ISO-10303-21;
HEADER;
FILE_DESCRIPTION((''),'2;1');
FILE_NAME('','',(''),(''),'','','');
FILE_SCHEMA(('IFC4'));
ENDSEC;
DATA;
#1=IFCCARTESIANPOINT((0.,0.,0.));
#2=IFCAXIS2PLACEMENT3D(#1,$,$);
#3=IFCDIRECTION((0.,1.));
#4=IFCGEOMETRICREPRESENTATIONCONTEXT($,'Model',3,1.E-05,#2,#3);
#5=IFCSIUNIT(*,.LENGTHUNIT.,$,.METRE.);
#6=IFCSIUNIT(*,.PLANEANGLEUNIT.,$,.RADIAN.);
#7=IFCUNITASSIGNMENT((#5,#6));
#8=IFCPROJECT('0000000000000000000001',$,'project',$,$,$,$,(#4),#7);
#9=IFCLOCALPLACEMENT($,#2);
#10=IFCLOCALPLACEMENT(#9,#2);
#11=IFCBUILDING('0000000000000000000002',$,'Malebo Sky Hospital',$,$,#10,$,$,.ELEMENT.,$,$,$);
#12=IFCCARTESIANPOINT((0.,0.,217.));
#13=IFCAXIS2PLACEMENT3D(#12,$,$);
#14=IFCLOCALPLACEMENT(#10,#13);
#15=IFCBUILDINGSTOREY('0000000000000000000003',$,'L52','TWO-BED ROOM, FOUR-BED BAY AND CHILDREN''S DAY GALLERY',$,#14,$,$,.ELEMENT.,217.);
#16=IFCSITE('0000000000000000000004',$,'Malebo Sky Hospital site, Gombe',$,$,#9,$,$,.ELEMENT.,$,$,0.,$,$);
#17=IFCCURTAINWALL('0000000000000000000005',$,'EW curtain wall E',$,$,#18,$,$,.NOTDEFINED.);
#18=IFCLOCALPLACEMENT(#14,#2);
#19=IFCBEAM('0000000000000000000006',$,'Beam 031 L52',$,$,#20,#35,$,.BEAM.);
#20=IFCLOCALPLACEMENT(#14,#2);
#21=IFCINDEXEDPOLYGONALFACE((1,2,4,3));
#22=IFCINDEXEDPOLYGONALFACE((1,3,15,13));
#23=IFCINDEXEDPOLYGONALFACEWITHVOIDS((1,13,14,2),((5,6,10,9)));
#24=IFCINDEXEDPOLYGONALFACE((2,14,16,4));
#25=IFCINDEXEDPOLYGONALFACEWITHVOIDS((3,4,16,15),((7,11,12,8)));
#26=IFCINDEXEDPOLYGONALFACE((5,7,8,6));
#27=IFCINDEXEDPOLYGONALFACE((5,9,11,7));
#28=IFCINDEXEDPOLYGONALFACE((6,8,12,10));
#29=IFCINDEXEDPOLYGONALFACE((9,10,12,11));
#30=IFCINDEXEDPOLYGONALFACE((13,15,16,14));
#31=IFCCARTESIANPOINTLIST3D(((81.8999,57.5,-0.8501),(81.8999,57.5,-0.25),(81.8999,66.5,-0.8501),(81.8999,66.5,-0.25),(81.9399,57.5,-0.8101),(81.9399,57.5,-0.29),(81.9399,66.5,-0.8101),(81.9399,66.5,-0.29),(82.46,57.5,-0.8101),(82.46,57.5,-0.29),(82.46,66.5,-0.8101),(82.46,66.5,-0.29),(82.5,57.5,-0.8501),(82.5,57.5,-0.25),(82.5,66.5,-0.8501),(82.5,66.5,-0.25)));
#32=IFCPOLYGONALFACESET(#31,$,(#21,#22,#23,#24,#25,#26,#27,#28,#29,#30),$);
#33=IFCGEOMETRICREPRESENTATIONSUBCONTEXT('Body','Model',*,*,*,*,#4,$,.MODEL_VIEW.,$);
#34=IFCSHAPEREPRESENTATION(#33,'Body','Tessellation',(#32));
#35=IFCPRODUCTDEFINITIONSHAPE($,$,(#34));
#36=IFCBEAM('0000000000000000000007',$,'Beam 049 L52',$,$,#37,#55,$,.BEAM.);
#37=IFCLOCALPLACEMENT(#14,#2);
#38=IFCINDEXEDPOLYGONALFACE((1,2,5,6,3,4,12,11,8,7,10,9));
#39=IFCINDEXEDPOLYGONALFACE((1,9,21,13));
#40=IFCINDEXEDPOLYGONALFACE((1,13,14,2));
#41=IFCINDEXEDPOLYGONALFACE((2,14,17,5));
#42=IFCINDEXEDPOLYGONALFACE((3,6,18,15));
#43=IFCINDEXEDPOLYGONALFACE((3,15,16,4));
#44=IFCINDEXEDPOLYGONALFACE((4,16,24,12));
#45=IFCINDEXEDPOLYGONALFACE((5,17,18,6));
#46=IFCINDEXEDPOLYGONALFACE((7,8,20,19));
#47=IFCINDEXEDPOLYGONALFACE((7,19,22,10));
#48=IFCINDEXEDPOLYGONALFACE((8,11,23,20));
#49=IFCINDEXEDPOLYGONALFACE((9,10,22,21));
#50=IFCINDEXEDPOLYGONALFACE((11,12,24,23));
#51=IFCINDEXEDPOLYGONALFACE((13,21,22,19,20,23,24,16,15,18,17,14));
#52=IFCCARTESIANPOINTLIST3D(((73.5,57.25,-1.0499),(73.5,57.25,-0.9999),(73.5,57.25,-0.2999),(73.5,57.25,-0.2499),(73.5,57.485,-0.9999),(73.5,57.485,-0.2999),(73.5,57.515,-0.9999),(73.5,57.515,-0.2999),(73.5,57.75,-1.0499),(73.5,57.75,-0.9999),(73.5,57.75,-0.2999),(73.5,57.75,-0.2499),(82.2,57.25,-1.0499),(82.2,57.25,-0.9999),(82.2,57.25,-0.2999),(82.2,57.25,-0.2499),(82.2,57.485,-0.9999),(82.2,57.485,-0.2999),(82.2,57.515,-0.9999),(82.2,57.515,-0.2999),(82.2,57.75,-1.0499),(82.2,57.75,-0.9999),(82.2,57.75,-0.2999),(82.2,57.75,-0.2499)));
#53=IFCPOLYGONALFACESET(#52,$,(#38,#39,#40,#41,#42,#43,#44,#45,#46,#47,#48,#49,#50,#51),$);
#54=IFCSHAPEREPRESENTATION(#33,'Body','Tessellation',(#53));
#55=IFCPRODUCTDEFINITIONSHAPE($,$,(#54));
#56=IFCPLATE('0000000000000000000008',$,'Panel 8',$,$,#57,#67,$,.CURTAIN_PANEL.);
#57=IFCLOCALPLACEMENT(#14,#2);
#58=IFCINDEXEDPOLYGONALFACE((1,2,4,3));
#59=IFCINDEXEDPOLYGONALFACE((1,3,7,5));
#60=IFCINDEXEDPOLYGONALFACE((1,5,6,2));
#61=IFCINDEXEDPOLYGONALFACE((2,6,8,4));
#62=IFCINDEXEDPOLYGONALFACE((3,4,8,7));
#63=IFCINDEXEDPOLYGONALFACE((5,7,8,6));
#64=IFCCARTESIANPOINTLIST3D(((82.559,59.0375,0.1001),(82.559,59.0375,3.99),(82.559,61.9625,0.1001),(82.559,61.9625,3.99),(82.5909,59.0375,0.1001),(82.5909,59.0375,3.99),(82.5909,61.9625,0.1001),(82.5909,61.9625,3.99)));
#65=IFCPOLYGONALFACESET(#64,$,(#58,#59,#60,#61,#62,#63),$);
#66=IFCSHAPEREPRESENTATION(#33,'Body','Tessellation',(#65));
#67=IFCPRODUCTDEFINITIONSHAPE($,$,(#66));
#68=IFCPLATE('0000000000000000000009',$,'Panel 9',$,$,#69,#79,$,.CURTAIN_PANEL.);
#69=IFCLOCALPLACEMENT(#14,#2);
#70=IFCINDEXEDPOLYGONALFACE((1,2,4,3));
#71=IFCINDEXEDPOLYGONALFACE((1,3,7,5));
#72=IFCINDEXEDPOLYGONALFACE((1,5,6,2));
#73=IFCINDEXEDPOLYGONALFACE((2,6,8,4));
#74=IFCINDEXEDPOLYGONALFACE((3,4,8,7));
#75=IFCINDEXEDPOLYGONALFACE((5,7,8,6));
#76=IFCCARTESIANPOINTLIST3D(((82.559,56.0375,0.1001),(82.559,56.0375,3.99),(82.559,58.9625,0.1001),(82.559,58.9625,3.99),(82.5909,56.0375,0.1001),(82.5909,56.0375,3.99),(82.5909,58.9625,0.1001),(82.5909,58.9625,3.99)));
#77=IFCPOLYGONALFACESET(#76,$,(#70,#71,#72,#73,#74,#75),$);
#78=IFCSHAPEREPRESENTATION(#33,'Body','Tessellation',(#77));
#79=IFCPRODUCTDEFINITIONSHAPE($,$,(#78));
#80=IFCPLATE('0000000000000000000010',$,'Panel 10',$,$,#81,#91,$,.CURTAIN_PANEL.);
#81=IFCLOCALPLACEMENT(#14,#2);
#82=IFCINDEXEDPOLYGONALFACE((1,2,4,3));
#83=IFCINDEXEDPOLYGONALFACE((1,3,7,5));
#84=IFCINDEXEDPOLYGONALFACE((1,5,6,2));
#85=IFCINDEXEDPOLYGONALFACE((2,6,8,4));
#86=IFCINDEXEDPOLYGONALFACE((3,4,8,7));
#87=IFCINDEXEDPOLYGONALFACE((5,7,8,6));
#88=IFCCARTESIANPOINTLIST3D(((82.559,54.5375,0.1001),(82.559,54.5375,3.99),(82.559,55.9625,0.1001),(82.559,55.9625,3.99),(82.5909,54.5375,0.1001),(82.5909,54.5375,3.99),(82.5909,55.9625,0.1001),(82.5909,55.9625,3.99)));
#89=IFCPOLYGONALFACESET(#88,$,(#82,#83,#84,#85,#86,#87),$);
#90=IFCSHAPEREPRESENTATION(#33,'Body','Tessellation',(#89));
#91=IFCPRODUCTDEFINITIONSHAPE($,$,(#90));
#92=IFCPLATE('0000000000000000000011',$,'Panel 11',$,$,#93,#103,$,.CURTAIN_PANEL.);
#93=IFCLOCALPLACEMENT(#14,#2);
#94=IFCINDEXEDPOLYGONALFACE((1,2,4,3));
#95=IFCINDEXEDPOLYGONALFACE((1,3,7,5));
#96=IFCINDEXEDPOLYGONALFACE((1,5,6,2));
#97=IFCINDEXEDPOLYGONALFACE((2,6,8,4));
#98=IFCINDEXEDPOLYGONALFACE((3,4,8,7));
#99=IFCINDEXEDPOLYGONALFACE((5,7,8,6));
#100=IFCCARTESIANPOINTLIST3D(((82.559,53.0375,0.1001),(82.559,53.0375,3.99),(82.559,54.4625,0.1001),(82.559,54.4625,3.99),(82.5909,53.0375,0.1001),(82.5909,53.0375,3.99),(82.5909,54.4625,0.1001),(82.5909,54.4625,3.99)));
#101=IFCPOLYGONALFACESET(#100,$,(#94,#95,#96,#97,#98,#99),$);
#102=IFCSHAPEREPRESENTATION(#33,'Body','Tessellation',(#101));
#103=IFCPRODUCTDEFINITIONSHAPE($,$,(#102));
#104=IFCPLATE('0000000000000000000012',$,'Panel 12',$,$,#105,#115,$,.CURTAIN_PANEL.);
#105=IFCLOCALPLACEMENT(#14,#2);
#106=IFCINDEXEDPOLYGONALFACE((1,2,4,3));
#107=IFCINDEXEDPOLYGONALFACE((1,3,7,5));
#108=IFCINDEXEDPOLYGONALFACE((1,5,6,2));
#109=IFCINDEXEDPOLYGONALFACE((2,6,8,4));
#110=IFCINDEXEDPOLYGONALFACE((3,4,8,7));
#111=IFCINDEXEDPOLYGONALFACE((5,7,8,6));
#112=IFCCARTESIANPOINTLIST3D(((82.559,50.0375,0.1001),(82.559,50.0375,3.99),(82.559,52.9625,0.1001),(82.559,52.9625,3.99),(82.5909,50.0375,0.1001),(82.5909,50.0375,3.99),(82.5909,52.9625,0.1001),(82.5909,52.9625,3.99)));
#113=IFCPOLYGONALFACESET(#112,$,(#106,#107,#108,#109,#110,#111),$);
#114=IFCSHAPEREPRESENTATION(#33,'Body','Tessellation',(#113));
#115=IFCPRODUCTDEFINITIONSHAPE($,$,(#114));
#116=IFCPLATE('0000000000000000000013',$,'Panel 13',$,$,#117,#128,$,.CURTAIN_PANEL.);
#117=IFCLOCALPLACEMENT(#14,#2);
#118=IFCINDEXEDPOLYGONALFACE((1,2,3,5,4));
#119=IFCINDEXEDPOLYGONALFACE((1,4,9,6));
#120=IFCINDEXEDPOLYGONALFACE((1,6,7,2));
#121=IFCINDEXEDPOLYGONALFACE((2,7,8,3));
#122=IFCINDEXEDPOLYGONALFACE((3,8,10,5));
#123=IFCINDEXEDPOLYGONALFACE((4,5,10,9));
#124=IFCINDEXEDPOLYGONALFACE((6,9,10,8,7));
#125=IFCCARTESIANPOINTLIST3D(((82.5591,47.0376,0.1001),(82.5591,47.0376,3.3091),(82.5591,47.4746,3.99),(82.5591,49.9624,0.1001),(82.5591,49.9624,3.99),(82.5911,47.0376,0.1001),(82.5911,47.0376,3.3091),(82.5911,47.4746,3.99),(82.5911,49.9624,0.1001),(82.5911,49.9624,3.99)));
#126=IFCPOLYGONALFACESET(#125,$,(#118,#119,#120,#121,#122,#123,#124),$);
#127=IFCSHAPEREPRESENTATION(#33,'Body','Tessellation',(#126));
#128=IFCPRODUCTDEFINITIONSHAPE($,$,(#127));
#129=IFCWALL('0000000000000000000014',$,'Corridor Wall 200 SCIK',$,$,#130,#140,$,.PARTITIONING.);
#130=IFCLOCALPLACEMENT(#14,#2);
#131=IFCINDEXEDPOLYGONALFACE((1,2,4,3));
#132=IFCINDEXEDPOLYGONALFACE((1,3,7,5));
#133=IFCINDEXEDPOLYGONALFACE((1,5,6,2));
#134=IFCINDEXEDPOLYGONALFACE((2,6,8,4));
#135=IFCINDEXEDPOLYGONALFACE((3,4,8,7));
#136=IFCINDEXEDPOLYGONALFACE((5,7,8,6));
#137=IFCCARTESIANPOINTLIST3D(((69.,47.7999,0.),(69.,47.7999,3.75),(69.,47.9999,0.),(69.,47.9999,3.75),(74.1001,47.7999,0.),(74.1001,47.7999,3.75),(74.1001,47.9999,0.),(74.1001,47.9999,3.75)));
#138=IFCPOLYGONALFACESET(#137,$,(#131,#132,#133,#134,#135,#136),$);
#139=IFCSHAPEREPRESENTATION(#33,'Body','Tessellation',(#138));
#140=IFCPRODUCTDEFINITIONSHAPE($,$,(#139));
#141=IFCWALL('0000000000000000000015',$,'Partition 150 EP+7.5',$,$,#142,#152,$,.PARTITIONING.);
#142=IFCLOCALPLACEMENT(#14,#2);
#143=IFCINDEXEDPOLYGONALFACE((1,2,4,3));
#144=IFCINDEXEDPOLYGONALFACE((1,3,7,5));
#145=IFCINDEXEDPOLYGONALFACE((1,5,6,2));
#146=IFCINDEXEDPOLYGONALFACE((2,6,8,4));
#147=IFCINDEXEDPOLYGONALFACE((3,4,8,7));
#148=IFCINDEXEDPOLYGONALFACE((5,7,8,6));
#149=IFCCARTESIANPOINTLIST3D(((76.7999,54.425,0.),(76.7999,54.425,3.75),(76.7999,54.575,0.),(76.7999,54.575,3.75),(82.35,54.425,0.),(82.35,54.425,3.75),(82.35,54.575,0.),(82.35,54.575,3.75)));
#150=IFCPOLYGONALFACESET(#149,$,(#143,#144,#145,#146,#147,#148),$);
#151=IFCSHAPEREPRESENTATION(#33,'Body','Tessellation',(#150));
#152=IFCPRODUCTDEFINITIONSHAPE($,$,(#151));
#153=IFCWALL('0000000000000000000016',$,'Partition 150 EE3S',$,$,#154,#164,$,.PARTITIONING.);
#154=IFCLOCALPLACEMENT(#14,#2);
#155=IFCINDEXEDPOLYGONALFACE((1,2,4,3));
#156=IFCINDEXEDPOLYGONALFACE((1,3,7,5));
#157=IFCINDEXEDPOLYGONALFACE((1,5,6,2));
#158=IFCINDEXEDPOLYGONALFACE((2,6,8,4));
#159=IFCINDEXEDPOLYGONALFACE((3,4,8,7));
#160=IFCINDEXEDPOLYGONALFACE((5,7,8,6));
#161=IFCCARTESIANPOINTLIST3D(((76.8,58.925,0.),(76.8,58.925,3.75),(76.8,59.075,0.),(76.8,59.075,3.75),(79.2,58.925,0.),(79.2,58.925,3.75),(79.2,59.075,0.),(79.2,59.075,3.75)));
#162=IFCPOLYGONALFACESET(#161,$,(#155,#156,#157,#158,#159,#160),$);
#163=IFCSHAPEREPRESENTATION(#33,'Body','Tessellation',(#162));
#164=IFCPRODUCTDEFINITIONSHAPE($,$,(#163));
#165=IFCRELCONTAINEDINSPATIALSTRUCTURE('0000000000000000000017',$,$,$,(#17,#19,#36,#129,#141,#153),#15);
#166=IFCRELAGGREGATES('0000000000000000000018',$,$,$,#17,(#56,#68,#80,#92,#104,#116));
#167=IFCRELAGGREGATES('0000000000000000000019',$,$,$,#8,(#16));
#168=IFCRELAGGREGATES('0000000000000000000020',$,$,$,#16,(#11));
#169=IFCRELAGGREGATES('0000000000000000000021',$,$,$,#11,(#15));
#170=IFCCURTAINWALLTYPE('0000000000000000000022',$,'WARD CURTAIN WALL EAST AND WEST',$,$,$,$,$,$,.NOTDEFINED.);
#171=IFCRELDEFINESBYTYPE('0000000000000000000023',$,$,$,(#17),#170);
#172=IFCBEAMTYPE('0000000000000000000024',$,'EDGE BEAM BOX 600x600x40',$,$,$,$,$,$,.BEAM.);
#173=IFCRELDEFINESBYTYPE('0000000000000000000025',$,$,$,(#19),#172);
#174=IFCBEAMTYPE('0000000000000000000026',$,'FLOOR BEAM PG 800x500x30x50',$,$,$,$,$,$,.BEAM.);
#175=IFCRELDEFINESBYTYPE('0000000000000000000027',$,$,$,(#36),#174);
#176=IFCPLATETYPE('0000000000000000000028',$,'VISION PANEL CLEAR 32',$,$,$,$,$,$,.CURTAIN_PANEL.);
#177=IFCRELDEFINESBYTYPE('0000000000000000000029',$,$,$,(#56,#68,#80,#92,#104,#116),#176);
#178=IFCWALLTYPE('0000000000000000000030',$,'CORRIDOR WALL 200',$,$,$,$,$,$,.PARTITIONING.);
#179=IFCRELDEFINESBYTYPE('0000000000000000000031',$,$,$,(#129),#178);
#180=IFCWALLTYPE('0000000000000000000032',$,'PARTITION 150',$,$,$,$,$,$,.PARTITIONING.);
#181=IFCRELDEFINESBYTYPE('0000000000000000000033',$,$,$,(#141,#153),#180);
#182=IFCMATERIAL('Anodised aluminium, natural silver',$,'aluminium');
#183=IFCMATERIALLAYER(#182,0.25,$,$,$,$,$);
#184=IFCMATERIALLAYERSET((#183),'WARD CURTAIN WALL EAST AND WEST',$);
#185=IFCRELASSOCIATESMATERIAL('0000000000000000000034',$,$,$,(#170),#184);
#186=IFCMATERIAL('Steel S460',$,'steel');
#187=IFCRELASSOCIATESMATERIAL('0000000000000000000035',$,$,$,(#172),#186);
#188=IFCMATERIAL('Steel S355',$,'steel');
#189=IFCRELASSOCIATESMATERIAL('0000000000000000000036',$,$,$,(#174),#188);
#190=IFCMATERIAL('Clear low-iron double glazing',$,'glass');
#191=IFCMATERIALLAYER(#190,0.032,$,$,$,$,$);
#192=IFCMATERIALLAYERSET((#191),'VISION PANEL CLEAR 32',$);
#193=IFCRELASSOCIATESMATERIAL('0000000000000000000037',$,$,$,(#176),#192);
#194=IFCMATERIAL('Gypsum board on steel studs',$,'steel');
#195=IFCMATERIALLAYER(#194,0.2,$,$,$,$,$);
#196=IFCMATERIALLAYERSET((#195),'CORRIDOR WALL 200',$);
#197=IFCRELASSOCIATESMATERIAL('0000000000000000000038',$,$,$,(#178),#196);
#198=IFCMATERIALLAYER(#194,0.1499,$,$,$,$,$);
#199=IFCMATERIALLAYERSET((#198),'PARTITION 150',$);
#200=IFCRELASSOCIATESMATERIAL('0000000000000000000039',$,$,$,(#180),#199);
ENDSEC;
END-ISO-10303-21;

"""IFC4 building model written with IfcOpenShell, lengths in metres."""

from ifc_helpers import new_model, si_unit, direction, frame, frame_2d, origin, origin_2d, place, context, subcontext, project, spatial, polyline, rectangle, hollow_rectangle, i_section, outline, extrude, material, layer, layer_set, material_profile, profile_set, type_object, element, aggregate, save


model = new_model("IFC4")

# Units and contexts
model_context = context("Model", 3, precision=1e-05, world=origin(), true_north=direction((0.0, 1.0)))
body_context = subcontext(model_context, "Body", "Model", "MODEL_VIEW")
ifc_project = project(units=[si_unit("LENGTHUNIT", "METRE"), si_unit("PLANEANGLEUNIT", "RADIAN")], contexts=[model_context])

# Site, building, storey
site_placement = place(None, origin())
site = spatial("IfcSite", under=ifc_project, at=site_placement, Name="Malebo Sky Hospital site, Gombe", CompositionType="ELEMENT", RefElevation=0.0)
building_placement = place(site_placement, origin())
building = spatial("IfcBuilding", under=site, at=building_placement, Name="Malebo Sky Hospital", CompositionType="ELEMENT")
storey_placement = place(building_placement, frame((0.0, 0.0, 217.0)))
storey = spatial("IfcBuildingStorey", under=building, at=storey_placement, Name="L52", Description="TWO-BED ROOM, FOUR-BED BAY AND CHILDREN'S DAY GALLERY", CompositionType="ELEMENT", Elevation=217.0)

# Shared definitions
ifc_material_1 = material(Name="Steel S460", Category="steel")

# Curtain wall
ifc_material_2 = material(Name="Anodised aluminium, natural silver", Category="aluminium")
ifc_layer_1 = layer(ifc_material_2, 0.25)
ifc_layer_set_1 = layer_set([ifc_layer_1], Name="WARD CURTAIN WALL EAST AND WEST")
curtain_wall_type = type_object("IfcCurtainWallType", Name="WARD CURTAIN WALL EAST AND WEST", PredefinedType="NOTDEFINED", material=ifc_layer_set_1)
curtain_wall_placement = place(storey_placement, origin())
curtain_wall = element("IfcCurtainWall", 1, at=curtain_wall_placement, inside=storey, type_object=curtain_wall_type, Name="EW curtain wall E", PredefinedType="NOTDEFINED")

# Beams
ifc_material_profile_1 = material_profile(ifc_material_1, hollow_rectangle(XDim=0.6001, YDim=0.6001, WallThickness=0.04, at=origin_2d()), Name="BOX 600x600x40")
ifc_profile_set_1 = profile_set([ifc_material_profile_1], Name="Steel S460")
beam_type_1 = type_object("IfcBeamType", Name="EDGE BEAM BOX 600x600x40", PredefinedType="BEAM", material=ifc_profile_set_1)
for number, where, z_axis, x_axis, name in (
    (2, (82.2, 57.5, -0.55), (0.0, 1.0, 0.0), (-1.0, 0.0, 0.0), "Beam 031 L52"),
):
    element("IfcBeam", number, at=place(storey_placement, frame(where, z_axis=z_axis, x_axis=x_axis)), inside=storey, type_object=beam_type_1, Name=name, PredefinedType="BEAM", context=body_context, shape_type="SweptSolid", body=[
        extrude(hollow_rectangle(XDim=0.6001, YDim=0.6001, WallThickness=0.04, at=origin_2d()), origin(), (0.0, 0.0, 1.0), 9.0),
    ])
ifc_material_3 = material(Name="Steel S355", Category="steel")
ifc_material_profile_2 = material_profile(ifc_material_3, i_section(OverallWidth=0.5, OverallDepth=0.8, WebThickness=0.03, FlangeThickness=0.05, at=origin_2d()), Name="PG 800x500x30x50")
ifc_profile_set_2 = profile_set([ifc_material_profile_2], Name="Steel S355")
beam_type_2 = type_object("IfcBeamType", Name="FLOOR BEAM PG 800x500x30x50", PredefinedType="BEAM", material=ifc_profile_set_2)
beam_placement = place(storey_placement, frame((73.5, 57.5, -0.6499), z_axis=(1.0, 0.0, 0.0), x_axis=(0.0, 1.0, 0.0)))
element("IfcBeam", 3, at=beam_placement, inside=storey, type_object=beam_type_2, Name="Beam 049 L52", PredefinedType="BEAM", context=body_context, shape_type="SweptSolid", body=[
    extrude(i_section(OverallWidth=0.5, OverallDepth=0.8, WebThickness=0.03, FlangeThickness=0.05, at=origin_2d()), origin(), (0.0, 0.0, 1.0), 8.7),
])

# Plates
ifc_material_4 = material(Name="Clear low-iron double glazing", Category="glass")
ifc_layer_2 = layer(ifc_material_4, 0.032)
ifc_layer_set_2 = layer_set([ifc_layer_2], Name="VISION PANEL CLEAR 32")
plate_type = type_object("IfcPlateType", Name="VISION PANEL CLEAR 32", PredefinedType="CURTAIN_PANEL", material=ifc_layer_set_2)
plate_1_placement = place(storey_placement, frame((82.575, 60.5, 0.1001), z_axis=(0.0, 0.0, 1.0), x_axis=(0.0, -1.0, 0.0)))
plate_1 = element("IfcPlate", 4, at=plate_1_placement, type_object=plate_type, Name="Panel 8", PredefinedType="CURTAIN_PANEL", context=body_context, shape_type="SweptSolid", body=[
    extrude(rectangle(XDim=2.925, YDim=0.032, at=origin_2d()), origin(), (0.0, 0.0, 1.0), 3.8899),
])
plate_2_placement = place(storey_placement, frame((82.575, 57.5, 0.1001), z_axis=(0.0, 0.0, 1.0), x_axis=(0.0, -1.0, 0.0)))
plate_2 = element("IfcPlate", 5, at=plate_2_placement, type_object=plate_type, Name="Panel 9", PredefinedType="CURTAIN_PANEL", context=body_context, shape_type="SweptSolid", body=[
    extrude(rectangle(XDim=2.925, YDim=0.032, at=origin_2d()), origin(), (0.0, 0.0, 1.0), 3.8899),
])
plate_3_placement = place(storey_placement, frame((82.575, 55.25, 0.1001), z_axis=(0.0, 0.0, 1.0), x_axis=(0.0, -1.0, 0.0)))
plate_3 = element("IfcPlate", 6, at=plate_3_placement, type_object=plate_type, Name="Panel 10", PredefinedType="CURTAIN_PANEL", context=body_context, shape_type="SweptSolid", body=[
    extrude(rectangle(XDim=1.425, YDim=0.032, at=origin_2d()), origin(), (0.0, 0.0, 1.0), 3.8899),
])
plate_4_placement = place(storey_placement, frame((82.575, 53.75, 0.1001), z_axis=(0.0, 0.0, 1.0), x_axis=(0.0, -1.0, 0.0)))
plate_4 = element("IfcPlate", 7, at=plate_4_placement, type_object=plate_type, Name="Panel 11", PredefinedType="CURTAIN_PANEL", context=body_context, shape_type="SweptSolid", body=[
    extrude(rectangle(XDim=1.425, YDim=0.032, at=origin_2d()), origin(), (0.0, 0.0, 1.0), 3.8899),
])
plate_5_placement = place(storey_placement, frame((82.575, 51.5, 0.1001), z_axis=(0.0, 0.0, 1.0), x_axis=(0.0, -1.0, 0.0)))
plate_5 = element("IfcPlate", 8, at=plate_5_placement, type_object=plate_type, Name="Panel 12", PredefinedType="CURTAIN_PANEL", context=body_context, shape_type="SweptSolid", body=[
    extrude(rectangle(XDim=2.925, YDim=0.032, at=origin_2d()), origin(), (0.0, 0.0, 1.0), 3.8899),
])
plate_6_placement = place(storey_placement, frame((82.575, 48.5, 0.1001), z_axis=(0.0, 0.0, 1.0), x_axis=(0.0, -1.0, 0.0)))
plate_6 = element("IfcPlate", 9, at=plate_6_placement, type_object=plate_type, Name="Panel 13", PredefinedType="CURTAIN_PANEL", context=body_context, shape_type="SweptSolid", body=[
    extrude(outline(polyline([(-1.4624, 0.0), (1.4624, 0.0), (1.4624, 3.209), (1.0254, 3.8899), (-1.4624, 3.8899), (-1.4624, 0.0)])), frame((0.0, 0.0161, 0.0), z_axis=(0.0, -1.0, 0.0), x_axis=(1.0, 0.0, 0.0)), (0.0, 0.0, 1.0), 0.032),
])
aggregate(curtain_wall, [plate_1, plate_2, plate_3, plate_4, plate_5, plate_6])

# Walls
ifc_material_5 = material(Name="Gypsum board on steel studs", Category="steel")
ifc_layer_3 = layer(ifc_material_5, 0.2)
ifc_layer_set_3 = layer_set([ifc_layer_3], Name="CORRIDOR WALL 200")
wall_type_1 = type_object("IfcWallType", Name="CORRIDOR WALL 200", PredefinedType="PARTITIONING", material=ifc_layer_set_3)
wall_1_placement = place(storey_placement, frame((74.1001, 47.8999, 0.0), z_axis=(0.0, 0.0, 1.0), x_axis=(-1.0, 0.0, 0.0)))
element("IfcWall", 10, at=wall_1_placement, inside=storey, type_object=wall_type_1, Name="Corridor Wall 200 SCIK", PredefinedType="PARTITIONING", context=body_context, shape_type="SweptSolid", body=[
    extrude(rectangle(XDim=5.1001, YDim=0.2, at=frame_2d((2.55, 0.0))), origin(), (0.0, 0.0, 1.0), 3.75),
])
ifc_layer_4 = layer(ifc_material_5, 0.1499)
ifc_layer_set_4 = layer_set([ifc_layer_4], Name="PARTITION 150")
wall_type_2 = type_object("IfcWallType", Name="PARTITION 150", PredefinedType="PARTITIONING", material=ifc_layer_set_4)
wall_2_placement = place(storey_placement, frame((76.8, 54.5, 0.0), z_axis=(0.0, 0.0, 1.0), x_axis=(1.0, 0.0, 0.0)))
element("IfcWall", 11, at=wall_2_placement, inside=storey, type_object=wall_type_2, Name="Partition 150 EP+7.5", PredefinedType="PARTITIONING", context=body_context, shape_type="SweptSolid", body=[
    extrude(rectangle(XDim=5.55, YDim=0.1499, at=frame_2d((2.7749, 0.0))), origin(), (0.0, 0.0, 1.0), 3.75),
])
wall_3_placement = place(storey_placement, frame((76.8, 59.0, 0.0), z_axis=(0.0, 0.0, 1.0), x_axis=(1.0, 0.0, 0.0)))
element("IfcWall", 12, at=wall_3_placement, inside=storey, type_object=wall_type_2, Name="Partition 150 EE3S", PredefinedType="PARTITIONING", context=body_context, shape_type="SweptSolid", body=[
    extrude(rectangle(XDim=2.3999, YDim=0.1499, at=frame_2d((1.2, 0.0))), origin(), (0.0, 0.0, 1.0), 3.75),
])

save(model, "model.ifc")
